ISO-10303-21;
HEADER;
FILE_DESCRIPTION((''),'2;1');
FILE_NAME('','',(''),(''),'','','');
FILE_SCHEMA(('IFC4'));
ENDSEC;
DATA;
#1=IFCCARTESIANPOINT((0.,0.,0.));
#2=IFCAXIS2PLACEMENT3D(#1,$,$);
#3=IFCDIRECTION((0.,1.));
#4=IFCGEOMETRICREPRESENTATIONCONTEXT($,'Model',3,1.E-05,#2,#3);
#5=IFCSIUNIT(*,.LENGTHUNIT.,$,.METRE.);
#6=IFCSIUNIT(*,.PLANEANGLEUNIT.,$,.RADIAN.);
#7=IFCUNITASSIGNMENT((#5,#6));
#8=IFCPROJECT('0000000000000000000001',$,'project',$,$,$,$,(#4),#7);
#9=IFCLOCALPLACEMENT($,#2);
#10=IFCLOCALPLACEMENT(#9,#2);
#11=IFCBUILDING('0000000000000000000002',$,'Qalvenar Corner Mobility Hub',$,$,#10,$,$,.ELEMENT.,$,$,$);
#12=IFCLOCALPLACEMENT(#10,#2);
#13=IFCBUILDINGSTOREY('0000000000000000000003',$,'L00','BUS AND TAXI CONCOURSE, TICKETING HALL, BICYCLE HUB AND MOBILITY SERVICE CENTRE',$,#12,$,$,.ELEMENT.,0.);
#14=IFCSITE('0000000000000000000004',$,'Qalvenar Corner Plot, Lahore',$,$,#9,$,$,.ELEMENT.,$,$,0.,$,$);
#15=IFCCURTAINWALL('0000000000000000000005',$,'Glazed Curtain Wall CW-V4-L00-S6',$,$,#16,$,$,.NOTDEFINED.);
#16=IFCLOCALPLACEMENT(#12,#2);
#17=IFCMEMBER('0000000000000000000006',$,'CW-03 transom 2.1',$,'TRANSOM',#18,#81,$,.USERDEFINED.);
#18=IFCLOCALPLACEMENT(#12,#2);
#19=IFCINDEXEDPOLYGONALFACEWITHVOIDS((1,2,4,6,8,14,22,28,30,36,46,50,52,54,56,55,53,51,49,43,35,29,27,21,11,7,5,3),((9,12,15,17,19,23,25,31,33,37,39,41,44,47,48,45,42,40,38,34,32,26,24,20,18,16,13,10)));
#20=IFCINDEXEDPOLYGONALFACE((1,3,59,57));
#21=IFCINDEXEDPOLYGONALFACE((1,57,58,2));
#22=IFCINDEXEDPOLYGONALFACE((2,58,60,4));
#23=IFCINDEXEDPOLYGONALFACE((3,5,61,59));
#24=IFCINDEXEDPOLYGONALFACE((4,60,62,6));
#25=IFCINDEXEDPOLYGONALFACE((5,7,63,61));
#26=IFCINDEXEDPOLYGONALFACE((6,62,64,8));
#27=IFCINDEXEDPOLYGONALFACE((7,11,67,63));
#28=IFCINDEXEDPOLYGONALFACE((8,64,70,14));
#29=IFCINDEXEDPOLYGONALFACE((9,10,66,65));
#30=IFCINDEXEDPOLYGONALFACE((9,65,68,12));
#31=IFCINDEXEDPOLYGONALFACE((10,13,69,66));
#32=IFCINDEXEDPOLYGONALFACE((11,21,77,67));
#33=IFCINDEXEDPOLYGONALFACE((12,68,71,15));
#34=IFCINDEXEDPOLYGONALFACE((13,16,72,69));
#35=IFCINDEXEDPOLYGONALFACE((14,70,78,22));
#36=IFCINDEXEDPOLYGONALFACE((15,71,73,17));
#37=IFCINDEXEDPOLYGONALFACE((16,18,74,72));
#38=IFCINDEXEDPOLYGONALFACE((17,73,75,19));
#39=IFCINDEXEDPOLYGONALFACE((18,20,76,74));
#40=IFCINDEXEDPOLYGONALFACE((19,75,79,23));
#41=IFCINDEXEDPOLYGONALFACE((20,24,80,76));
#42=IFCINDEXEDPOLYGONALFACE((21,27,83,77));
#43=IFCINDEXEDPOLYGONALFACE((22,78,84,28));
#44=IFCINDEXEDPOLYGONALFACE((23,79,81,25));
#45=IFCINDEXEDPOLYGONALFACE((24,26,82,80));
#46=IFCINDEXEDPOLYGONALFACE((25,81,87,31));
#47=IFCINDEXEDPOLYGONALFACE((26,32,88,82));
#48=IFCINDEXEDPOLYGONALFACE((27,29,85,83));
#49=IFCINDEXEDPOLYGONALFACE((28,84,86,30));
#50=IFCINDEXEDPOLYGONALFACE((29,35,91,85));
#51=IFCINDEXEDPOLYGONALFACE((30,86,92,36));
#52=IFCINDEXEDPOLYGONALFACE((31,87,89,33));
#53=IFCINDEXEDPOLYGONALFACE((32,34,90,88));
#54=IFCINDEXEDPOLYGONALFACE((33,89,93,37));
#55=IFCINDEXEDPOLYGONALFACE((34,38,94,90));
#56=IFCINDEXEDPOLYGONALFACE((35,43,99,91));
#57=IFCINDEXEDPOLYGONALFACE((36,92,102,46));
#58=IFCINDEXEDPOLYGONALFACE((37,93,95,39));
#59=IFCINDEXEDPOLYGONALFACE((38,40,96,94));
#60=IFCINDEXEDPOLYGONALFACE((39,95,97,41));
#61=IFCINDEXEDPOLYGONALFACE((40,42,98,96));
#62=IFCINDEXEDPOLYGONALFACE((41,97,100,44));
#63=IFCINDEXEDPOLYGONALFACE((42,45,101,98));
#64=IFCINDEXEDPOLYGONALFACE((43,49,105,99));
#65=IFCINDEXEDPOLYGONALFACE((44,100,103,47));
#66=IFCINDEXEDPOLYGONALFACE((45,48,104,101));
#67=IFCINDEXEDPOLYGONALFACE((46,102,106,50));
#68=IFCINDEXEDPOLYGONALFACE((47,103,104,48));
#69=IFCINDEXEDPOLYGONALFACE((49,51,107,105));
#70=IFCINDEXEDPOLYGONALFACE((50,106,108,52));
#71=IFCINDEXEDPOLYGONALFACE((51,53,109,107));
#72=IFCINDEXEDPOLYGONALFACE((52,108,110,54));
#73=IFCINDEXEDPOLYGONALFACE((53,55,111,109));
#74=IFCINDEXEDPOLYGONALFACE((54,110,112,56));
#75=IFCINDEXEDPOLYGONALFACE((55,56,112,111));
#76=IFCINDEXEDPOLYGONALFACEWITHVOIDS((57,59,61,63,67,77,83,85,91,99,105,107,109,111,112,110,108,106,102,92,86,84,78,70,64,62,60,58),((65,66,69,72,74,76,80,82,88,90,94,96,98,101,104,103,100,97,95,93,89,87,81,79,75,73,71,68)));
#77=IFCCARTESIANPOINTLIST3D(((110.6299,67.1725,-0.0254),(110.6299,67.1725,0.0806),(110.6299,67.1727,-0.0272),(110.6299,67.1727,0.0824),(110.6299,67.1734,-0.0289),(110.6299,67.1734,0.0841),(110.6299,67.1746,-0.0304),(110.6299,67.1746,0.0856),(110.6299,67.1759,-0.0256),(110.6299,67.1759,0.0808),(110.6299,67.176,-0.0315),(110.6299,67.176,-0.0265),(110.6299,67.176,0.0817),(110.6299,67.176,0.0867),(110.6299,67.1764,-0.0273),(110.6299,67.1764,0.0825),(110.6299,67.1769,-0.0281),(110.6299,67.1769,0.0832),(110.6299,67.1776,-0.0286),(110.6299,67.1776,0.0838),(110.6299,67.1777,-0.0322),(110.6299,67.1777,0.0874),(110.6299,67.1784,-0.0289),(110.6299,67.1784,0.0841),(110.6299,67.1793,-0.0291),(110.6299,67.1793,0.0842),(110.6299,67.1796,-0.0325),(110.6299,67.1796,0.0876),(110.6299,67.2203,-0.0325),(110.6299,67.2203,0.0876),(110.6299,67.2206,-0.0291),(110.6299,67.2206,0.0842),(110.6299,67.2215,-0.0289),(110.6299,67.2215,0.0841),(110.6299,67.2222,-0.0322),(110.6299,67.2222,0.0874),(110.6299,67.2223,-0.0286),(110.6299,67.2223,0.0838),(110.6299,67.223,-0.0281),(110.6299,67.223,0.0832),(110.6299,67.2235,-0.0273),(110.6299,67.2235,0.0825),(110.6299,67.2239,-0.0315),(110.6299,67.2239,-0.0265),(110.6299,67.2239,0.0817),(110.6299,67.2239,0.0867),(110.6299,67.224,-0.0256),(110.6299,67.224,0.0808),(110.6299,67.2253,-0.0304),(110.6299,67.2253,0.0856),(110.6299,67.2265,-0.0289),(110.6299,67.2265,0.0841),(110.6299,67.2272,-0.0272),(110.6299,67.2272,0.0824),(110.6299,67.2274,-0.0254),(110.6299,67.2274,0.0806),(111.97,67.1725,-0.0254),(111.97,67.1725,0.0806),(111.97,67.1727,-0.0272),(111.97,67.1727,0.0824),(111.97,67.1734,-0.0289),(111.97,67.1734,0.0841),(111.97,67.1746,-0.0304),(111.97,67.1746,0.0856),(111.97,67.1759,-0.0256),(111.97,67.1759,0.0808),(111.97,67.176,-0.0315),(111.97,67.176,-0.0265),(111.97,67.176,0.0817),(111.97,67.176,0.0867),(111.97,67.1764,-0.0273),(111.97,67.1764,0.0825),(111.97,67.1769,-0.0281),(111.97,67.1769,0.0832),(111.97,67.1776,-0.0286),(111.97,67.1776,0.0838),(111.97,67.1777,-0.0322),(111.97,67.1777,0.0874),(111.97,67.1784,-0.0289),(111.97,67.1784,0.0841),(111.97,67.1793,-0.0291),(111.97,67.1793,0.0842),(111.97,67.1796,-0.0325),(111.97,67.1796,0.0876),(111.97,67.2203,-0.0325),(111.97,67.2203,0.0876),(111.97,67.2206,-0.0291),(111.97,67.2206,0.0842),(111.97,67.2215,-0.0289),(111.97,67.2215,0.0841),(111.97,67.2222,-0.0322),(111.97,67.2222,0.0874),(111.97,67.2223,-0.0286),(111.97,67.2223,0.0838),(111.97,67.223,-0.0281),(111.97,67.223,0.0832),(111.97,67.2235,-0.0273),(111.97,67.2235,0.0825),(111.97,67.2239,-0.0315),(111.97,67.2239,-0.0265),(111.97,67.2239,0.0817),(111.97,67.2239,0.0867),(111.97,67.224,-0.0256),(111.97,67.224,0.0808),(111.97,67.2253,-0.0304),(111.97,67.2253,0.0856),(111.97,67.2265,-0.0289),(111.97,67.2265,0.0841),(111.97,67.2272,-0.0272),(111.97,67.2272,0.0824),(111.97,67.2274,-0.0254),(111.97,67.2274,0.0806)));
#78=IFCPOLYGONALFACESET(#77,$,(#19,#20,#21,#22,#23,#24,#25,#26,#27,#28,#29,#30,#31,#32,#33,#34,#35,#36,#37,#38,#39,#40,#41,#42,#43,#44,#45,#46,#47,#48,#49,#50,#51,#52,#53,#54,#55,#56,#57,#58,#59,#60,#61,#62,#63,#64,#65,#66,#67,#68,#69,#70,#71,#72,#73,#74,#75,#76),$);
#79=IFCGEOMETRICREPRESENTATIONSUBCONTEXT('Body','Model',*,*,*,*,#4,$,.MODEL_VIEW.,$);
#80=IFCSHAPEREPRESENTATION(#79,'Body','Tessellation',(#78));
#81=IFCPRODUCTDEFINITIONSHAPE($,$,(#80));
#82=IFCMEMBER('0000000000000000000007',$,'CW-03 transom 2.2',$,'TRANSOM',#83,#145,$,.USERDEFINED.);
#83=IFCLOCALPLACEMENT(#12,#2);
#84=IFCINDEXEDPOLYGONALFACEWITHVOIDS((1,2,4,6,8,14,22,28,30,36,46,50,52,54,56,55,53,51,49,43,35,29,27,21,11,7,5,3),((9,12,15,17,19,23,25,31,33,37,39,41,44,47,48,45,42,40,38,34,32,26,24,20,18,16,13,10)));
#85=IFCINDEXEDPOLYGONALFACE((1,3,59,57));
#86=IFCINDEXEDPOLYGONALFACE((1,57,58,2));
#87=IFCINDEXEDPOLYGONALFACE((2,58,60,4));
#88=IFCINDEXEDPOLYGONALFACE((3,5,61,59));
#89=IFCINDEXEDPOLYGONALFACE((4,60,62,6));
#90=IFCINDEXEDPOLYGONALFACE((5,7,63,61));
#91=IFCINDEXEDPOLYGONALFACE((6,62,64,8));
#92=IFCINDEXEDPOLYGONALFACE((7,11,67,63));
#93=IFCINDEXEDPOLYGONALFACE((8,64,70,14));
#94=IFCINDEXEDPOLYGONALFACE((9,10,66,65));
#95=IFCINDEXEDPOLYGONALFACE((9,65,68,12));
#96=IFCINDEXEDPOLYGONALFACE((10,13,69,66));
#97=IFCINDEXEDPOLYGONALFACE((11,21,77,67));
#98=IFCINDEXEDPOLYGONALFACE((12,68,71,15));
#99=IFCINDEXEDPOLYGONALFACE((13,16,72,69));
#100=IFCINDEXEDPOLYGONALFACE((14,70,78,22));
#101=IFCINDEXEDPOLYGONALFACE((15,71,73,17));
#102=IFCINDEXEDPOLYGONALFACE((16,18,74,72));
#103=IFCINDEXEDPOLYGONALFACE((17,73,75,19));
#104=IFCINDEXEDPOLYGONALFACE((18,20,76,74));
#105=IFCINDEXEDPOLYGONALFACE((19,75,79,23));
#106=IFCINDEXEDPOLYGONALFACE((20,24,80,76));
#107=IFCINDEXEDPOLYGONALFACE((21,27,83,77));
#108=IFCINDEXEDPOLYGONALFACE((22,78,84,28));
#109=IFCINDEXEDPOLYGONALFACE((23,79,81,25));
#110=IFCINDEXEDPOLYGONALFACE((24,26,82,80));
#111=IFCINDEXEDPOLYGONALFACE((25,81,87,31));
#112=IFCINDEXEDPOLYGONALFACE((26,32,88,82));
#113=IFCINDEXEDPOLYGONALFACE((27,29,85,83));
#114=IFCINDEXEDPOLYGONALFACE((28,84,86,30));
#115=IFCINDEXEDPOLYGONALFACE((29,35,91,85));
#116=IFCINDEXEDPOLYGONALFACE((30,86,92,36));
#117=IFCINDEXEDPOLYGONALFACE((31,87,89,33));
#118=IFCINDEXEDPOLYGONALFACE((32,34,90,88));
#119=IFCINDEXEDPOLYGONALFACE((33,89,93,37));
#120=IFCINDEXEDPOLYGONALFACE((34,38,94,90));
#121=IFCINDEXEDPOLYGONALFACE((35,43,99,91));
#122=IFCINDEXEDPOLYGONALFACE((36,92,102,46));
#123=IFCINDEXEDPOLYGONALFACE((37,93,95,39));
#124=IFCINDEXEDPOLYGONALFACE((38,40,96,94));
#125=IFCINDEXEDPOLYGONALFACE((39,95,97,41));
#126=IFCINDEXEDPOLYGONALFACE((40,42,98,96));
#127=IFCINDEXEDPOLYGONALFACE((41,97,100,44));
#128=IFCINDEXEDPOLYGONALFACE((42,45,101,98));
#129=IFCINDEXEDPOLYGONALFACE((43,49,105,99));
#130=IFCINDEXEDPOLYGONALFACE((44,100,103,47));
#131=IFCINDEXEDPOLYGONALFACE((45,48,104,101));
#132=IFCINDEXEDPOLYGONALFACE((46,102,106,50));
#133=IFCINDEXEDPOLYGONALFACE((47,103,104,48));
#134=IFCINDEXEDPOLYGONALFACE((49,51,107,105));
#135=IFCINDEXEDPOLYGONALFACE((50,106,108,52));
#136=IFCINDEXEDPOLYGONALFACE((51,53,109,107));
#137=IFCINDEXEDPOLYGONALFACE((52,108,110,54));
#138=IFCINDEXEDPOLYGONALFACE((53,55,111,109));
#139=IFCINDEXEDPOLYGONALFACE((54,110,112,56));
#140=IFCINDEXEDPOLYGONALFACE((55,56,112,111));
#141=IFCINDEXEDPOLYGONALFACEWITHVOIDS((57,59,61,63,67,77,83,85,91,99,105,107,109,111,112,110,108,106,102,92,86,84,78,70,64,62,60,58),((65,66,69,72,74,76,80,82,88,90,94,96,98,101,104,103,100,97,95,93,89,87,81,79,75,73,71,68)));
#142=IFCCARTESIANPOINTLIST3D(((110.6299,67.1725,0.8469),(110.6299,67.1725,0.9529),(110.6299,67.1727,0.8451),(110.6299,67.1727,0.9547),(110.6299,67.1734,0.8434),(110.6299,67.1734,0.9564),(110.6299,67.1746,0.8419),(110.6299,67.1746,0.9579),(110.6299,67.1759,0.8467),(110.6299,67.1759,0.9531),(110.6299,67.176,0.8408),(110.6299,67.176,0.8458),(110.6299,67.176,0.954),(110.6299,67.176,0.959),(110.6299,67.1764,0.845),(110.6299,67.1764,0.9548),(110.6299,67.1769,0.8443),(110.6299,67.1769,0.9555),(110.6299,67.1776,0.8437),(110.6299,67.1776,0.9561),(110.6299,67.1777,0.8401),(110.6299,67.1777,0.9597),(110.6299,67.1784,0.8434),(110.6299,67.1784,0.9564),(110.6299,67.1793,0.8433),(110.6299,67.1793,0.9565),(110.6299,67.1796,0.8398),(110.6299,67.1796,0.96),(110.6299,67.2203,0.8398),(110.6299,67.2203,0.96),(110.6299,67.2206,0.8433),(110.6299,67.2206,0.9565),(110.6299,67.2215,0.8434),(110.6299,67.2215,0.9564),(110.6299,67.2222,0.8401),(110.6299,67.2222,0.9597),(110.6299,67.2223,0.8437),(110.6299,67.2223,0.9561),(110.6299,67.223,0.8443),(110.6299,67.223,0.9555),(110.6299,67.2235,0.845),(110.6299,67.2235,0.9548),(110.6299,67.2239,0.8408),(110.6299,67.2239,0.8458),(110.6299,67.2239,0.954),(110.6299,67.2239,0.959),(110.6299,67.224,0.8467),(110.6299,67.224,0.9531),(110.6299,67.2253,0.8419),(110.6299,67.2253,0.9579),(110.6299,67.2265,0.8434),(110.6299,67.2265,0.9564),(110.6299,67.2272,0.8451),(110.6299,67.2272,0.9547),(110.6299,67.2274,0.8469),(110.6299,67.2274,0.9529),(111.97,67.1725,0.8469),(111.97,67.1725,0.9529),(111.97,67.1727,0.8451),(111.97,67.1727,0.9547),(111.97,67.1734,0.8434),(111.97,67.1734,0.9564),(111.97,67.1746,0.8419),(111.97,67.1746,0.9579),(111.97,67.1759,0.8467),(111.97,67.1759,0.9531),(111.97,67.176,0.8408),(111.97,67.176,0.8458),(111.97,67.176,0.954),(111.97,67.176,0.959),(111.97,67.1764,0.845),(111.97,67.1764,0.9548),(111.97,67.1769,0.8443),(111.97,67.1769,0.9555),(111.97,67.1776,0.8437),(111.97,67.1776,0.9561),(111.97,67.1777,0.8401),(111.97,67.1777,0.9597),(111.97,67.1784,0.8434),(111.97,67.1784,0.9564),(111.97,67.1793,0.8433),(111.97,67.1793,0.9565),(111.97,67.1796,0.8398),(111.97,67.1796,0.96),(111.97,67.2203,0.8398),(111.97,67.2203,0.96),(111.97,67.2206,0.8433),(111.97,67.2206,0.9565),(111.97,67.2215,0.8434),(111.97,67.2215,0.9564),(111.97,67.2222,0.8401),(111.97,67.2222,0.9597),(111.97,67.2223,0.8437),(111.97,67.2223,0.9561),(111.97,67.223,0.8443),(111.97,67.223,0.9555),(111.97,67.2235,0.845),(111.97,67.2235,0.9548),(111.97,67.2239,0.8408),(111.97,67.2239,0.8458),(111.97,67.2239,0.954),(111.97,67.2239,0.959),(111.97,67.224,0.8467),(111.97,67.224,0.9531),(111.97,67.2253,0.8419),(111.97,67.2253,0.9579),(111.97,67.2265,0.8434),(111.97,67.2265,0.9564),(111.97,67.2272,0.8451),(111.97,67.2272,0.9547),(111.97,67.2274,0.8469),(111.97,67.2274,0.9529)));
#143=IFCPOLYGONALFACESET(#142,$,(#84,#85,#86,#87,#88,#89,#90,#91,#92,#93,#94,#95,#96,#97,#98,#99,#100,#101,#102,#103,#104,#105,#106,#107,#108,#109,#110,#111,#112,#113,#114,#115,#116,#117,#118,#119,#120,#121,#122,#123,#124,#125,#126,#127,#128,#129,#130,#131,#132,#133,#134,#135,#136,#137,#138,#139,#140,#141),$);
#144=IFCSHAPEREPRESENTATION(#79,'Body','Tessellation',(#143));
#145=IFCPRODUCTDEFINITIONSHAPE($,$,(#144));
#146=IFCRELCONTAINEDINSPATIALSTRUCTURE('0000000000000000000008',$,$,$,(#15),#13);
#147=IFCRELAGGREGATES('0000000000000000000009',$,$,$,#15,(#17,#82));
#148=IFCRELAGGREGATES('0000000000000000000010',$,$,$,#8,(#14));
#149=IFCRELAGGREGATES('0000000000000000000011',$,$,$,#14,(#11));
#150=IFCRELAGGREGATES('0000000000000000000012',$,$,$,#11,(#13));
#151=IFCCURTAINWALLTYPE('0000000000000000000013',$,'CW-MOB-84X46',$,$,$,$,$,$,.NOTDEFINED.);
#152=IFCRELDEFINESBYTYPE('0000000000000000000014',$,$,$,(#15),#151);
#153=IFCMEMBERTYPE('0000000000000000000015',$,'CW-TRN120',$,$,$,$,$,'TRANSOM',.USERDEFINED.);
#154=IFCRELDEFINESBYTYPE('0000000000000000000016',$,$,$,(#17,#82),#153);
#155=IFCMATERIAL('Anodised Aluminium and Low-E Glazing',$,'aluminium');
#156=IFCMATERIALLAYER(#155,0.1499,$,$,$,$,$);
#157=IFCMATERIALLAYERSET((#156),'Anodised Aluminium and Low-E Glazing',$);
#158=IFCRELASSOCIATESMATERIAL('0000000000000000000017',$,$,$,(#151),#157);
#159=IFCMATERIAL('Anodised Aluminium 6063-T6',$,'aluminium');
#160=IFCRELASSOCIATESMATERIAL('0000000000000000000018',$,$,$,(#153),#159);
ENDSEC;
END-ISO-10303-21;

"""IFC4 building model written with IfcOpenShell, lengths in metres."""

from ifc_helpers import new_model, si_unit, direction, frame, origin, origin_2d, place, context, subcontext, project, spatial, hollow_rectangle, extrude, material, layer, layer_set, material_profile, profile_set, type_object, element, aggregate, save


model = new_model("IFC4")

# Units and contexts
model_context = context("Model", 3, precision=1e-05, world=origin(), true_north=direction((0.0, 1.0)))
body_context = subcontext(model_context, "Body", "Model", "MODEL_VIEW")
ifc_project = project(units=[si_unit("LENGTHUNIT", "METRE"), si_unit("PLANEANGLEUNIT", "RADIAN")], contexts=[model_context])

# Site, building, storey
site_placement = place(None, origin())
site = spatial("IfcSite", under=ifc_project, at=site_placement, Name="Qalvenar Corner Plot, Lahore", CompositionType="ELEMENT", RefElevation=0.0)
building_placement = place(site_placement, origin())
building = spatial("IfcBuilding", under=site, at=building_placement, Name="Qalvenar Corner Mobility Hub", CompositionType="ELEMENT")
storey_placement = place(building_placement, origin())
storey = spatial("IfcBuildingStorey", under=building, at=storey_placement, Name="L00", Description="BUS AND TAXI CONCOURSE, TICKETING HALL, BICYCLE HUB AND MOBILITY SERVICE CENTRE", CompositionType="ELEMENT", Elevation=0.0)

# Curtain wall
ifc_material_1 = material(Name="Anodised Aluminium and Low-E Glazing", Category="aluminium")
ifc_layer_1 = layer(ifc_material_1, 0.1499)
ifc_layer_set_1 = layer_set([ifc_layer_1], Name="Anodised Aluminium and Low-E Glazing")
curtain_wall_type = type_object("IfcCurtainWallType", Name="CW-MOB-84X46", PredefinedType="NOTDEFINED", material=ifc_layer_set_1)
ifc_material_2 = material(Name="Anodised Aluminium 6063-T6", Category="aluminium")
curtain_wall_1_placement = place(storey_placement, origin())
curtain_wall_1 = element("IfcCurtainWall", 1, at=curtain_wall_1_placement, inside=storey, type_object=curtain_wall_type, Name="Glazed Curtain Wall CW-V4-L00-S6", PredefinedType="NOTDEFINED")

# Members
ifc_material_profile_1 = material_profile(ifc_material_2, hollow_rectangle(XDim=0.0549, YDim=0.1201, WallThickness=0.0034, InnerFilletRadius=0.0034, OuterFilletRadius=0.0071, at=origin_2d()), Name="RHS120x55x3.5")
ifc_profile_set_1 = profile_set([ifc_material_profile_1], Name="Anodised Aluminium 6063-T6")
member_type_1 = type_object("IfcMemberType", Name="CW-TRN120", ElementType="TRANSOM", PredefinedType="USERDEFINED", material=ifc_profile_set_1)
member_1_placement = place(storey_placement, frame((110.6299, 67.2, 0.0276), z_axis=(1.0, 0.0, 0.0), x_axis=(0.0, 1.0, 0.0)))
member_1 = element("IfcMember", 2, at=member_1_placement, type_object=member_type_1, Name="CW-03 transom 2.1", ObjectType="TRANSOM", PredefinedType="USERDEFINED", context=body_context, shape_type="SweptSolid", body=[
    extrude(hollow_rectangle(XDim=0.0549, YDim=0.1201, WallThickness=0.0034, InnerFilletRadius=0.0034, OuterFilletRadius=0.0071, at=origin_2d()), origin(), (0.0, 0.0, 1.0), 1.3401),
])
member_2_placement = place(storey_placement, frame((110.6299, 67.2, 0.8999), z_axis=(1.0, 0.0, 0.0), x_axis=(0.0, 1.0, 0.0)))
member_2 = element("IfcMember", 3, at=member_2_placement, type_object=member_type_1, Name="CW-03 transom 2.2", ObjectType="TRANSOM", PredefinedType="USERDEFINED", context=body_context, shape_type="SweptSolid", body=[
    extrude(hollow_rectangle(XDim=0.0549, YDim=0.1201, WallThickness=0.0034, InnerFilletRadius=0.0034, OuterFilletRadius=0.0071, at=origin_2d()), origin(), (0.0, 0.0, 1.0), 1.3401),
])

aggregate(curtain_wall_1, [member_1, member_2])

save(model, "model.ifc")
